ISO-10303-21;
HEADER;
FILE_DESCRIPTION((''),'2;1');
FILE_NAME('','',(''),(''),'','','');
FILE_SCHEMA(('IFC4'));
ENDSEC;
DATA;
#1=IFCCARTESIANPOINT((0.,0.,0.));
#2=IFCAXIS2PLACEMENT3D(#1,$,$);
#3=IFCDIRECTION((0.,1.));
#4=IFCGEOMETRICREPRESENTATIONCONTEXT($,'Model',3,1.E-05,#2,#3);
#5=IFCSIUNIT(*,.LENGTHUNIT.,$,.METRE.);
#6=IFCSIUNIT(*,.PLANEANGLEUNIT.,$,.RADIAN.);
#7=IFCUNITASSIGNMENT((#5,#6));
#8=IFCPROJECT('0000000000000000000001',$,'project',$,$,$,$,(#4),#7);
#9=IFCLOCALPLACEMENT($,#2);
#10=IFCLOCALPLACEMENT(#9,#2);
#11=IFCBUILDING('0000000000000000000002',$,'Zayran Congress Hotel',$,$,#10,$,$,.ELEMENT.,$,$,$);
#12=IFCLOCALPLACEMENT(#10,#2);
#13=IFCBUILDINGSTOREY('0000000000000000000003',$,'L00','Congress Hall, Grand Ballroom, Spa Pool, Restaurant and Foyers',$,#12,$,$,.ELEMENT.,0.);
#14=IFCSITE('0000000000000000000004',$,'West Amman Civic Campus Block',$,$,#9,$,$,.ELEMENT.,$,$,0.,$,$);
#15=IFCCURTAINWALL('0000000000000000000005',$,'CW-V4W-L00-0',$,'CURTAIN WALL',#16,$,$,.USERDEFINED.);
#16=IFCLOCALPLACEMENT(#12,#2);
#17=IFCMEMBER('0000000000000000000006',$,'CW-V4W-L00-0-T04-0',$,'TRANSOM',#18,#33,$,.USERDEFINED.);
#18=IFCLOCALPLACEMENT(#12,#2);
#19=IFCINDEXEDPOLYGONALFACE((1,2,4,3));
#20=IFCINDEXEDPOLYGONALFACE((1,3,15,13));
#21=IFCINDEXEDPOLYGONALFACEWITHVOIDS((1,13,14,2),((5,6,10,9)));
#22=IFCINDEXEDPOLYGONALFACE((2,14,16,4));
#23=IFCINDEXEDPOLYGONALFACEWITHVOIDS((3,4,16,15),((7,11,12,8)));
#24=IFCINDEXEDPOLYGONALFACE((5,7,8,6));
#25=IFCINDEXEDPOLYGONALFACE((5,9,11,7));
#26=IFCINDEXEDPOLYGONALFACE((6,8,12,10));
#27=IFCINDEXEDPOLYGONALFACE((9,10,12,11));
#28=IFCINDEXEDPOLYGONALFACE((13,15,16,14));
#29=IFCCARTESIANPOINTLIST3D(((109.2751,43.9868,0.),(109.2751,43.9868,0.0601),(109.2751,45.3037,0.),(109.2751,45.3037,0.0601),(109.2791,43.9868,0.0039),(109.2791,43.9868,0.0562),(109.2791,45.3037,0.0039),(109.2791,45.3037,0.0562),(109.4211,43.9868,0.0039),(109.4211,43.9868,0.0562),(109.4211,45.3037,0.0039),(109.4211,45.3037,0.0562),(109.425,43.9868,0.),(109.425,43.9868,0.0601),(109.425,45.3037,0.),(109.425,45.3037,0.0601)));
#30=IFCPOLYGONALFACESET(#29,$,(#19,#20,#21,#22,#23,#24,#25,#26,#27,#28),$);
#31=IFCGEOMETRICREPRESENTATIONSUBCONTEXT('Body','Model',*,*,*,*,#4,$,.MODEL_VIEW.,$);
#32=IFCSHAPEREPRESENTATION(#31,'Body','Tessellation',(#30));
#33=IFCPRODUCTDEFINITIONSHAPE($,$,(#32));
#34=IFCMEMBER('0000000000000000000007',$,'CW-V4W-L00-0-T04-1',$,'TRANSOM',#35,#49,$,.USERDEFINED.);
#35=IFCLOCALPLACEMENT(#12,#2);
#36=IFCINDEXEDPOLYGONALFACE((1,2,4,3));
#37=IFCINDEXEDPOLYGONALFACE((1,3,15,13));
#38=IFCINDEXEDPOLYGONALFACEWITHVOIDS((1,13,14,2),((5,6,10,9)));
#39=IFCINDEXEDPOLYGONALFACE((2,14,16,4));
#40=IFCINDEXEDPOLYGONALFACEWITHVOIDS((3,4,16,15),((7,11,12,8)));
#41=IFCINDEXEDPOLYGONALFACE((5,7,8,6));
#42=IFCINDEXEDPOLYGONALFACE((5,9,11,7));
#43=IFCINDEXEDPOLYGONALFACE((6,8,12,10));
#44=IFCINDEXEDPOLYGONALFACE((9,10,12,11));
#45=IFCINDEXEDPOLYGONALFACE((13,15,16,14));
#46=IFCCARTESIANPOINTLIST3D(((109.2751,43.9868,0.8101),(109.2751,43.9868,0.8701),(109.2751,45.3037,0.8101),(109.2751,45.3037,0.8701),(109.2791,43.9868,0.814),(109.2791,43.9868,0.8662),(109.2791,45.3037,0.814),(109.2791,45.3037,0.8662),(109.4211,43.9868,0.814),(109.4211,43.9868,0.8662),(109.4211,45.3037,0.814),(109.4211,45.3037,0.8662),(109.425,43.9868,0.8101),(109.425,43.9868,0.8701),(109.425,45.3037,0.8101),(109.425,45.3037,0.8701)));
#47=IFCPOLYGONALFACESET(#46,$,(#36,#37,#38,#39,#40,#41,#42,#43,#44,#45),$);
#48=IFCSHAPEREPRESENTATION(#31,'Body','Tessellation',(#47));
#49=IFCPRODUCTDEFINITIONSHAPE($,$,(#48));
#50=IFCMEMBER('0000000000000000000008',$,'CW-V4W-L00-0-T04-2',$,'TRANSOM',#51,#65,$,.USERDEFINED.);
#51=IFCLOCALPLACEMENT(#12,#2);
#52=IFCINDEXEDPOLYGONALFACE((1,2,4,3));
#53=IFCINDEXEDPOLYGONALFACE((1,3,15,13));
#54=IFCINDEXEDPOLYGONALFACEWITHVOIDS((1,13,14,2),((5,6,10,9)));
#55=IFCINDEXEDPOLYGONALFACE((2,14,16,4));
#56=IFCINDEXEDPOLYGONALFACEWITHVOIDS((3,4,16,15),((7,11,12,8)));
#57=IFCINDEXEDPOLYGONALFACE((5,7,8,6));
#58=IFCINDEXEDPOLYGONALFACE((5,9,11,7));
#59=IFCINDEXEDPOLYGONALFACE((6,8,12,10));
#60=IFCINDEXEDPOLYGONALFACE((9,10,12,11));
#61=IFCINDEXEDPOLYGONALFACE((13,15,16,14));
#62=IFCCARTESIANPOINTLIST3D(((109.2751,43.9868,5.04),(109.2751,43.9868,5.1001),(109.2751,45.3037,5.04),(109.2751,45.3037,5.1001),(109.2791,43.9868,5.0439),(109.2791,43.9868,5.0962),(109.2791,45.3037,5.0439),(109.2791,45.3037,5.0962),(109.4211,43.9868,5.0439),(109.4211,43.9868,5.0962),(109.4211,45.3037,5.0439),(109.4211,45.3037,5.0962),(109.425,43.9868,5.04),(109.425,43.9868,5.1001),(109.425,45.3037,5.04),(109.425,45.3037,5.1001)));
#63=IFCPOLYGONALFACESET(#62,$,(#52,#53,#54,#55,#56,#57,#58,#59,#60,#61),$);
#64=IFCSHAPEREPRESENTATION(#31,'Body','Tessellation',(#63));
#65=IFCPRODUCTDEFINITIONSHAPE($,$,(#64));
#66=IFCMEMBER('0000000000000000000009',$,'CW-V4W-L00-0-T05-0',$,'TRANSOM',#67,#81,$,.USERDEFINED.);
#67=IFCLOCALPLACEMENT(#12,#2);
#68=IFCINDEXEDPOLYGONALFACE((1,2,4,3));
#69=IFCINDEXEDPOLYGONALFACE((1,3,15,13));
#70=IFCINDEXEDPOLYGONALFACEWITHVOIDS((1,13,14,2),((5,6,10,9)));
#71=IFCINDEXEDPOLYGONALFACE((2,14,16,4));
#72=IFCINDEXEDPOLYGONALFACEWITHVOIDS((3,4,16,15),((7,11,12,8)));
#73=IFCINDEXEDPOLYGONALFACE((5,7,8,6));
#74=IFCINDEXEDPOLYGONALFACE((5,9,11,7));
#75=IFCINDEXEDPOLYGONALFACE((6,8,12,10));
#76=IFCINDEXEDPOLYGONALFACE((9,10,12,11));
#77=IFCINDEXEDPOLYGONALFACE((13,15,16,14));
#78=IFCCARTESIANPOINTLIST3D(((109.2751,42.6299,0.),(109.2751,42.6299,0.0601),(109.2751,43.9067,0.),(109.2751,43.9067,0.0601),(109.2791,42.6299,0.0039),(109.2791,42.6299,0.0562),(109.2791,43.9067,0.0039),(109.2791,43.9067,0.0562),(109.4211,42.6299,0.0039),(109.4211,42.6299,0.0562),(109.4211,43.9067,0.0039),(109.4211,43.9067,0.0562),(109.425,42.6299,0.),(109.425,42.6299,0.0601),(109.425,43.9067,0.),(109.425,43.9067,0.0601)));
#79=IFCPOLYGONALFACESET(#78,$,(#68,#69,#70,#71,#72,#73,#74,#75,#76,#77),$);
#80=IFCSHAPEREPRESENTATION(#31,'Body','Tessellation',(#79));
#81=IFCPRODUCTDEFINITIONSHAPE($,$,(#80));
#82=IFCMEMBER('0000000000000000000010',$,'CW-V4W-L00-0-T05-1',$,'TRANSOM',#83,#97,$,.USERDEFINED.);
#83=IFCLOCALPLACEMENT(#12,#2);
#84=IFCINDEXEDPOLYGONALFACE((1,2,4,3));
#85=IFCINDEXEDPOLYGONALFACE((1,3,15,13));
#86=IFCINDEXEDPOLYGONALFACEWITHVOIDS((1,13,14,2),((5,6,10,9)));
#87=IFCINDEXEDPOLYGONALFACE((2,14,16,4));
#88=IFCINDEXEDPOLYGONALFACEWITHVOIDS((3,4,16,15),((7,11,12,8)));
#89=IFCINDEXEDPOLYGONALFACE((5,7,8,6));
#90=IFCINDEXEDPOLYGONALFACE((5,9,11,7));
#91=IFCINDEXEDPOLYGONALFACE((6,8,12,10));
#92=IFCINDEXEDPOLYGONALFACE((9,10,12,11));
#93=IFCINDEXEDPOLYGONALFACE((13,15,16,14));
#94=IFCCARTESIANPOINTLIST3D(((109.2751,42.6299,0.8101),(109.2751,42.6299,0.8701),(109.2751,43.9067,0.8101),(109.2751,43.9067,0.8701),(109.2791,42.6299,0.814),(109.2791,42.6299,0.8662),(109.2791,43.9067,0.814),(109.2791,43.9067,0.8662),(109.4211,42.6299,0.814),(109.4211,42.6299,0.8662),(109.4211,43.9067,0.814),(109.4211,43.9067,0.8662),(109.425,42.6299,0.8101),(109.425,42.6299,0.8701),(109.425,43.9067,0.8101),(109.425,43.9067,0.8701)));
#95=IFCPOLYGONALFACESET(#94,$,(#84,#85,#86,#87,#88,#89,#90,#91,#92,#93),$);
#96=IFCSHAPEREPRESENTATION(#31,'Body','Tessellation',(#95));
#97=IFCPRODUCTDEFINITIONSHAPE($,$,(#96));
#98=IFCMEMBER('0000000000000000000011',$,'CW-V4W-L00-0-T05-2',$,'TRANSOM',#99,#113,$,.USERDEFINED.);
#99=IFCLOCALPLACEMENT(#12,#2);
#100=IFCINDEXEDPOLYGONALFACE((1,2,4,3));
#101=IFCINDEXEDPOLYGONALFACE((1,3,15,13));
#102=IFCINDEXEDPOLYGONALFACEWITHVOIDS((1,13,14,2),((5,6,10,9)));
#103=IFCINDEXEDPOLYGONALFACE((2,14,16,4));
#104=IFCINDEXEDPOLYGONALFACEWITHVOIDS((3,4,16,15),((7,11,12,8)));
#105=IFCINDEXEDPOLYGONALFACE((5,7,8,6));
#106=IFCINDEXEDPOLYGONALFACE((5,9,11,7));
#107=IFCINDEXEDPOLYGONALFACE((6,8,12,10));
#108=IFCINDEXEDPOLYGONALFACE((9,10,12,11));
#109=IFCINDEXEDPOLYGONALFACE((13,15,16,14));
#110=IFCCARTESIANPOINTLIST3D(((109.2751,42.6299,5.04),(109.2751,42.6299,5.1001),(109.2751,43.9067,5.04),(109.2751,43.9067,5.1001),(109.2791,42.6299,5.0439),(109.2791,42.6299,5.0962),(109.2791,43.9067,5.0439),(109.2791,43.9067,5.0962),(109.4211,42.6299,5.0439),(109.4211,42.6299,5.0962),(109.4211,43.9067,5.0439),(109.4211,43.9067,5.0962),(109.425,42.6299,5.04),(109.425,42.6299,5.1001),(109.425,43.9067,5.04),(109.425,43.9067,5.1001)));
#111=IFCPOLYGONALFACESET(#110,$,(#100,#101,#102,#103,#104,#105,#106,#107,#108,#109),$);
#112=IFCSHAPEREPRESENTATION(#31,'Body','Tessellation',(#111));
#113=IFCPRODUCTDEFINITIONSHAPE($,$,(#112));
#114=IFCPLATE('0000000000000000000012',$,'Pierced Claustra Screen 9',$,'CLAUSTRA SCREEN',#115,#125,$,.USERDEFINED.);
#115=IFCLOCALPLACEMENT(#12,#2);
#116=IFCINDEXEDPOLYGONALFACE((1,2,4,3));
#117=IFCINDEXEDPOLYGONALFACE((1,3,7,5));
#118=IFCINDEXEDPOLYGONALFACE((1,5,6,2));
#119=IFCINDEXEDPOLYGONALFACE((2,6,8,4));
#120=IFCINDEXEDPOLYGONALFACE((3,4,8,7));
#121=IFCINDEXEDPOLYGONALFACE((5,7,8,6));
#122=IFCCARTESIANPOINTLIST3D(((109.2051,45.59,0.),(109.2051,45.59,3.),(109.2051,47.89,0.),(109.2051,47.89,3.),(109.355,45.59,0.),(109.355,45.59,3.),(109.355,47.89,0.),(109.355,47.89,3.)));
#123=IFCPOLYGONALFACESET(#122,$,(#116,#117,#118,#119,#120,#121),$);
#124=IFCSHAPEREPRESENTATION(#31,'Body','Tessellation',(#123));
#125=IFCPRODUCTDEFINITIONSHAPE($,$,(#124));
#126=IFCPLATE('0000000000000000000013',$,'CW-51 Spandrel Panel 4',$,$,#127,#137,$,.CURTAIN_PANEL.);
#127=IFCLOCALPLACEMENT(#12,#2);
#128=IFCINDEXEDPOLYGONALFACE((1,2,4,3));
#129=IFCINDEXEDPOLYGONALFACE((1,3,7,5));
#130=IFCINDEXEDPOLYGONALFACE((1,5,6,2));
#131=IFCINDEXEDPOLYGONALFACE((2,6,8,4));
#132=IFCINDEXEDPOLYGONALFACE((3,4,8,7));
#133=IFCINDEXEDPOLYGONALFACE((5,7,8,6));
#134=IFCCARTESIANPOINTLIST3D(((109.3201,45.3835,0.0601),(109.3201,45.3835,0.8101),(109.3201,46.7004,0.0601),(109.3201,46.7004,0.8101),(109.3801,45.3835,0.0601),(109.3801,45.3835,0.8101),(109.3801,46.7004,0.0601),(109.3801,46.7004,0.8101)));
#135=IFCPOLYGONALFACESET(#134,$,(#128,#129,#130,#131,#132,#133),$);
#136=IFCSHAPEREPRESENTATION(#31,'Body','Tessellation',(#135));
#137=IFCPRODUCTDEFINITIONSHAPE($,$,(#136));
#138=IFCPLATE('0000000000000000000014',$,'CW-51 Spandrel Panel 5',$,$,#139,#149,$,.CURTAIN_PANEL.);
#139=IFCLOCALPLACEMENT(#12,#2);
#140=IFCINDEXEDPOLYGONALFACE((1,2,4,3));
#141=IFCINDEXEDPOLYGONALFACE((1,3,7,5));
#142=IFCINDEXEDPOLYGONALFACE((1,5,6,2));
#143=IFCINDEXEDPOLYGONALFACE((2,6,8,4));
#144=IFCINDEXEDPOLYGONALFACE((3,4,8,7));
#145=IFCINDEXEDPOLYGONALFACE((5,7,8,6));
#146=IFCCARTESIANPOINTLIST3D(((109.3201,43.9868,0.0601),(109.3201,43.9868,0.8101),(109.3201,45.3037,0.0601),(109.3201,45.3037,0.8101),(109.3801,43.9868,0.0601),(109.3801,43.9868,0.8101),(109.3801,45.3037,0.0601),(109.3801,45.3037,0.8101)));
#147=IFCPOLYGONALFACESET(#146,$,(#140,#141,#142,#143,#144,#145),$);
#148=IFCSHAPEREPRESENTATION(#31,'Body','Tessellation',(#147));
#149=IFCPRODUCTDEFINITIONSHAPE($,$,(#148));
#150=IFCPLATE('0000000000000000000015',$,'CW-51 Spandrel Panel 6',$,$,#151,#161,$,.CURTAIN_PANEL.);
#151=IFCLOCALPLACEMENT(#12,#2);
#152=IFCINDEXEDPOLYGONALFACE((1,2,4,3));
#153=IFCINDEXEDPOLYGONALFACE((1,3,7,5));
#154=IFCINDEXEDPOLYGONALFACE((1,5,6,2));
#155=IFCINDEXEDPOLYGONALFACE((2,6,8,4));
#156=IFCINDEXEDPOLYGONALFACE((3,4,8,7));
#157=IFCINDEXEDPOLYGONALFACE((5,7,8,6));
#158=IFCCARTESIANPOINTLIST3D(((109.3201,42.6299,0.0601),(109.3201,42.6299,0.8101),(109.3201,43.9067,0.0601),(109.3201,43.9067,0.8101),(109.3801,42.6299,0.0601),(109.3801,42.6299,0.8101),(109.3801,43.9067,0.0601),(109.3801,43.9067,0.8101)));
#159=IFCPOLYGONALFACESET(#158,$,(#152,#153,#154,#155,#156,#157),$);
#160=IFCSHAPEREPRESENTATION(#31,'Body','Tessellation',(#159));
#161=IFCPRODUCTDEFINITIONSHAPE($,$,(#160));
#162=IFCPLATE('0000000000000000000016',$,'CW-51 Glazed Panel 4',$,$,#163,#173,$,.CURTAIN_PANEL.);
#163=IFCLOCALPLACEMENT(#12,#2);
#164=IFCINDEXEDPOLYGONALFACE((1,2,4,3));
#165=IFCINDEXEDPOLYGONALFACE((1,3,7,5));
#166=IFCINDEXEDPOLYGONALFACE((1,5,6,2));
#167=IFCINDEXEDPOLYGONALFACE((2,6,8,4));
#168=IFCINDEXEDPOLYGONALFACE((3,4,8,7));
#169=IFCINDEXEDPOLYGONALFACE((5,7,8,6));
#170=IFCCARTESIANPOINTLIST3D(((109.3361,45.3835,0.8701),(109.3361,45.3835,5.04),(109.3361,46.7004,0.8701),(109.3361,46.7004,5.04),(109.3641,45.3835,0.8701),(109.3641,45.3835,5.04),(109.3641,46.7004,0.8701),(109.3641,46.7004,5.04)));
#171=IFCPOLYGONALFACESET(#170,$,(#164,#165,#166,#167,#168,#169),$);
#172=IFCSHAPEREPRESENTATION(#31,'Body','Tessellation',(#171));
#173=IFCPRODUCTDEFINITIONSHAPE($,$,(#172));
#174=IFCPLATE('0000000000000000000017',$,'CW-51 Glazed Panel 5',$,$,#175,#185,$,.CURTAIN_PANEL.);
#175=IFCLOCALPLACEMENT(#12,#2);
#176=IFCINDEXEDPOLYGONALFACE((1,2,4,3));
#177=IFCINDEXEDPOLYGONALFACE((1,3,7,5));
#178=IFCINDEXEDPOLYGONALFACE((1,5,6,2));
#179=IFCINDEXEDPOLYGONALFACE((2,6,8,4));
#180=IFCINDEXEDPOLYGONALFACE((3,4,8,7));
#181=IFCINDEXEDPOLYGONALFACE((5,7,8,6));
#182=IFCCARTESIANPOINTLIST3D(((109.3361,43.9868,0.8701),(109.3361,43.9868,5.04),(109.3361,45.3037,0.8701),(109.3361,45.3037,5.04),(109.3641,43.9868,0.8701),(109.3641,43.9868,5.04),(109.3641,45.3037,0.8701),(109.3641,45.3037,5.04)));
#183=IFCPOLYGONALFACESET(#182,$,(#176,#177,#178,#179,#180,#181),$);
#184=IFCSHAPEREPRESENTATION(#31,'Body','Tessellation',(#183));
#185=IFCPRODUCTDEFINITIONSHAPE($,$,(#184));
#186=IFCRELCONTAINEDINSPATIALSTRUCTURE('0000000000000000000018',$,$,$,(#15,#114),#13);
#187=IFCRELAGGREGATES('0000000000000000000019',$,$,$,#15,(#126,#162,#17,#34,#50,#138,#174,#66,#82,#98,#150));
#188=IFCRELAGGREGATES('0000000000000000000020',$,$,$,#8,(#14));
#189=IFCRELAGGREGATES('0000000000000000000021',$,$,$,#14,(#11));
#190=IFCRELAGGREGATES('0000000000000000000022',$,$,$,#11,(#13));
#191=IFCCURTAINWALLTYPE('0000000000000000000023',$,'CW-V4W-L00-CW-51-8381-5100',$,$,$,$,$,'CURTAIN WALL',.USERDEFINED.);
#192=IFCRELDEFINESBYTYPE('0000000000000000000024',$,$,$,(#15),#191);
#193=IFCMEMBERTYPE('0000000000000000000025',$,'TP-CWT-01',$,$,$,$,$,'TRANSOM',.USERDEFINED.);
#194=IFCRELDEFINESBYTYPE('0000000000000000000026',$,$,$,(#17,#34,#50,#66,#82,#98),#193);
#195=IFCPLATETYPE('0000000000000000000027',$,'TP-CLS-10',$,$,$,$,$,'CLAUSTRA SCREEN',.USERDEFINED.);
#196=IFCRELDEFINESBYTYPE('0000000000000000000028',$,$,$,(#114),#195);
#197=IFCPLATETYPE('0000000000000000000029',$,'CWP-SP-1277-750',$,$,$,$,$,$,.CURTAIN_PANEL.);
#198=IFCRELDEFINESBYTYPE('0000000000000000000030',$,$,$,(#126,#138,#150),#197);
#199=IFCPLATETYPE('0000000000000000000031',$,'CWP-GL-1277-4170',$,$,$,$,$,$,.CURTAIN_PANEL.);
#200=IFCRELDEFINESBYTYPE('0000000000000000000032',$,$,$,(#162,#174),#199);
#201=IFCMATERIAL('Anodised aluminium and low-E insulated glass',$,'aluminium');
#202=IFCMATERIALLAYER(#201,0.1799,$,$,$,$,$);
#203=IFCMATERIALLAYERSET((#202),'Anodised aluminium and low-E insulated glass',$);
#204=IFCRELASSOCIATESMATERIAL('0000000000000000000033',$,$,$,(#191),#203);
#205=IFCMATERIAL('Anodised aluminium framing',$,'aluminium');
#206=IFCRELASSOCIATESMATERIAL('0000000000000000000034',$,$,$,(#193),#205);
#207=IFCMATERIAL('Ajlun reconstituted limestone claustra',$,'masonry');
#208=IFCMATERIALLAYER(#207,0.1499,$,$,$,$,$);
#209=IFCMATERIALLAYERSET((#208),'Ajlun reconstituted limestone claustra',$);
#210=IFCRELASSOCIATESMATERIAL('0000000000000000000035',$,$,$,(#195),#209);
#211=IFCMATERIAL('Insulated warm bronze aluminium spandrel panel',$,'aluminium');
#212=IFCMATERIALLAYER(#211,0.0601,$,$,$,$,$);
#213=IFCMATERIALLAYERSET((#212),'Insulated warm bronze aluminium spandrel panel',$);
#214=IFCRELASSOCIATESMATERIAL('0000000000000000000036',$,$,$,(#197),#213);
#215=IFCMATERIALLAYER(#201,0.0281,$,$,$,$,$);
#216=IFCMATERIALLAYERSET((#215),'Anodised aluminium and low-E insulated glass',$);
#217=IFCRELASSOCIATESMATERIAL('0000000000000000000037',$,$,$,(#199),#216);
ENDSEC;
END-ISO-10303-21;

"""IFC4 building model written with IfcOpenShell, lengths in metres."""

from ifc_helpers import new_model, si_unit, direction, frame, origin, origin_2d, place, context, subcontext, project, spatial, rectangle, hollow_rectangle, extrude, material, layer, layer_set, material_profile, profile_set, type_object, element, aggregate, save


model = new_model("IFC4")

# Units and contexts
model_context = context("Model", 3, precision=1e-05, world=origin(), true_north=direction((0.0, 1.0)))
body_context = subcontext(model_context, "Body", "Model", "MODEL_VIEW")
ifc_project = project(units=[si_unit("LENGTHUNIT", "METRE"), si_unit("PLANEANGLEUNIT", "RADIAN")], contexts=[model_context])

# Site, building, storey
site_placement = place(None, origin())
site = spatial("IfcSite", under=ifc_project, at=site_placement, Name="West Amman Civic Campus Block", CompositionType="ELEMENT", RefElevation=0.0)
building_placement = place(site_placement, origin())
building = spatial("IfcBuilding", under=site, at=building_placement, Name="Zayran Congress Hotel", CompositionType="ELEMENT")
storey_placement = place(building_placement, origin())
storey = spatial("IfcBuildingStorey", under=building, at=storey_placement, Name="L00", Description="Congress Hall, Grand Ballroom, Spa Pool, Restaurant and Foyers", CompositionType="ELEMENT", Elevation=0.0)

# Curtain wall, members
ifc_material_1 = material(Name="Anodised aluminium and low-E insulated glass", Category="aluminium")
ifc_layer_1 = layer(ifc_material_1, 0.1799)
ifc_layer_set_1 = layer_set([ifc_layer_1], Name="Anodised aluminium and low-E insulated glass")
curtain_wall_type = type_object("IfcCurtainWallType", Name="CW-V4W-L00-CW-51-8381-5100", ElementType="CURTAIN WALL", PredefinedType="USERDEFINED", material=ifc_layer_set_1)
curtain_wall_placement = place(storey_placement, origin())
curtain_wall = element("IfcCurtainWall", 1, at=curtain_wall_placement, inside=storey, type_object=curtain_wall_type, Name="CW-V4W-L00-0", ObjectType="CURTAIN WALL", PredefinedType="USERDEFINED")
ifc_material_2 = material(Name="Anodised aluminium framing", Category="aluminium")
ifc_material_profile_1 = material_profile(ifc_material_2, hollow_rectangle(XDim=0.0601, YDim=0.1499, WallThickness=0.0039, at=origin_2d()), Name="RHS 150x60x4")
ifc_profile_set_1 = profile_set([ifc_material_profile_1], Name="Anodised aluminium framing")
member_type_1 = type_object("IfcMemberType", Name="TP-CWT-01", ElementType="TRANSOM", PredefinedType="USERDEFINED", material=ifc_profile_set_1)
member_1_placement = place(storey_placement, frame((109.3501, 45.3037, 0.03), z_axis=(0.0, -1.0, 0.0), x_axis=(0.0, 0.0, 1.0)))
member_1 = element("IfcMember", 2, at=member_1_placement, type_object=member_type_1, Name="CW-V4W-L00-0-T04-0", ObjectType="TRANSOM", PredefinedType="USERDEFINED", context=body_context, shape_type="SweptSolid", body=[
    extrude(hollow_rectangle(XDim=0.0601, YDim=0.1499, WallThickness=0.0039, at=origin_2d()), origin(), (0.0, 0.0, 1.0), 1.3169),
])
member_2_placement = place(storey_placement, frame((109.3501, 45.3037, 0.8401), z_axis=(0.0, -1.0, 0.0), x_axis=(0.0, 0.0, 1.0)))
member_2 = element("IfcMember", 3, at=member_2_placement, type_object=member_type_1, Name="CW-V4W-L00-0-T04-1", ObjectType="TRANSOM", PredefinedType="USERDEFINED", context=body_context, shape_type="SweptSolid", body=[
    extrude(hollow_rectangle(XDim=0.0601, YDim=0.1499, WallThickness=0.0039, at=origin_2d()), origin(), (0.0, 0.0, 1.0), 1.3169),
])
member_3_placement = place(storey_placement, frame((109.3501, 45.3037, 5.0701), z_axis=(0.0, -1.0, 0.0), x_axis=(0.0, 0.0, 1.0)))
member_3 = element("IfcMember", 4, at=member_3_placement, type_object=member_type_1, Name="CW-V4W-L00-0-T04-2", ObjectType="TRANSOM", PredefinedType="USERDEFINED", context=body_context, shape_type="SweptSolid", body=[
    extrude(hollow_rectangle(XDim=0.0601, YDim=0.1499, WallThickness=0.0039, at=origin_2d()), origin(), (0.0, 0.0, 1.0), 1.3169),
])
member_4_placement = place(storey_placement, frame((109.3501, 43.9067, 0.03), z_axis=(0.0, -1.0, 0.0), x_axis=(0.0, 0.0, 1.0)))
member_4 = element("IfcMember", 5, at=member_4_placement, type_object=member_type_1, Name="CW-V4W-L00-0-T05-0", ObjectType="TRANSOM", PredefinedType="USERDEFINED", context=body_context, shape_type="SweptSolid", body=[
    extrude(hollow_rectangle(XDim=0.0601, YDim=0.1499, WallThickness=0.0039, at=origin_2d()), origin(), (0.0, 0.0, 1.0), 1.2769),
])
member_5_placement = place(storey_placement, frame((109.3501, 43.9067, 0.8401), z_axis=(0.0, -1.0, 0.0), x_axis=(0.0, 0.0, 1.0)))
member_5 = element("IfcMember", 6, at=member_5_placement, type_object=member_type_1, Name="CW-V4W-L00-0-T05-1", ObjectType="TRANSOM", PredefinedType="USERDEFINED", context=body_context, shape_type="SweptSolid", body=[
    extrude(hollow_rectangle(XDim=0.0601, YDim=0.1499, WallThickness=0.0039, at=origin_2d()), origin(), (0.0, 0.0, 1.0), 1.2769),
])
member_6_placement = place(storey_placement, frame((109.3501, 43.9067, 5.0701), z_axis=(0.0, -1.0, 0.0), x_axis=(0.0, 0.0, 1.0)))
member_6 = element("IfcMember", 7, at=member_6_placement, type_object=member_type_1, Name="CW-V4W-L00-0-T05-2", ObjectType="TRANSOM", PredefinedType="USERDEFINED", context=body_context, shape_type="SweptSolid", body=[
    extrude(hollow_rectangle(XDim=0.0601, YDim=0.1499, WallThickness=0.0039, at=origin_2d()), origin(), (0.0, 0.0, 1.0), 1.2769),
])

# Plates
ifc_material_3 = material(Name="Ajlun reconstituted limestone claustra", Category="masonry")
ifc_layer_2 = layer(ifc_material_3, 0.1499)
ifc_layer_set_2 = layer_set([ifc_layer_2], Name="Ajlun reconstituted limestone claustra")
plate_type_1 = type_object("IfcPlateType", Name="TP-CLS-10", ElementType="CLAUSTRA SCREEN", PredefinedType="USERDEFINED", material=ifc_layer_set_2)
plate_1_placement = place(storey_placement, frame((109.28, 46.74, 0.0), z_axis=(0.0, 0.0, 1.0), x_axis=(0.0, 1.0, 0.0)))
element("IfcPlate", 8, at=plate_1_placement, inside=storey, type_object=plate_type_1, Name="Pierced Claustra Screen 9", ObjectType="CLAUSTRA SCREEN", PredefinedType="USERDEFINED", context=body_context, shape_type="SweptSolid", body=[
    extrude(rectangle(XDim=2.3, YDim=0.1499, at=origin_2d()), origin(), (0.0, 0.0, 1.0), 3.0),
])
ifc_material_4 = material(Name="Insulated warm bronze aluminium spandrel panel", Category="aluminium")
ifc_layer_3 = layer(ifc_material_4, 0.0601)
ifc_layer_set_3 = layer_set([ifc_layer_3], Name="Insulated warm bronze aluminium spandrel panel")
plate_type_2 = type_object("IfcPlateType", Name="CWP-SP-1277-750", PredefinedType="CURTAIN_PANEL", material=ifc_layer_set_3)
plate_2_placement = place(storey_placement, frame((109.3501, 46.042, 0.0601), z_axis=(0.0, 0.0, 1.0), x_axis=(0.0, 1.0, 0.0)))
plate_2 = element("IfcPlate", 9, at=plate_2_placement, type_object=plate_type_2, Name="CW-51 Spandrel Panel 4", PredefinedType="CURTAIN_PANEL", context=body_context, shape_type="SweptSolid", body=[
    extrude(rectangle(XDim=1.3169, YDim=0.0601, at=origin_2d()), origin(), (0.0, 0.0, 1.0), 0.75),
])
plate_3_placement = place(storey_placement, frame((109.3501, 44.6453, 0.0601), z_axis=(0.0, 0.0, 1.0), x_axis=(0.0, 1.0, 0.0)))
plate_3 = element("IfcPlate", 10, at=plate_3_placement, type_object=plate_type_2, Name="CW-51 Spandrel Panel 5", PredefinedType="CURTAIN_PANEL", context=body_context, shape_type="SweptSolid", body=[
    extrude(rectangle(XDim=1.3169, YDim=0.0601, at=origin_2d()), origin(), (0.0, 0.0, 1.0), 0.75),
])
plate_4_placement = place(storey_placement, frame((109.3501, 43.2683, 0.0601), z_axis=(0.0, 0.0, 1.0), x_axis=(0.0, 1.0, 0.0)))
plate_4 = element("IfcPlate", 11, at=plate_4_placement, type_object=plate_type_2, Name="CW-51 Spandrel Panel 6", PredefinedType="CURTAIN_PANEL", context=body_context, shape_type="SweptSolid", body=[
    extrude(rectangle(XDim=1.2769, YDim=0.0601, at=origin_2d()), origin(), (0.0, 0.0, 1.0), 0.75),
])
ifc_layer_4 = layer(ifc_material_1, 0.0281)
ifc_layer_set_4 = layer_set([ifc_layer_4], Name="Anodised aluminium and low-E insulated glass")
plate_type_3 = type_object("IfcPlateType", Name="CWP-GL-1277-4170", PredefinedType="CURTAIN_PANEL", material=ifc_layer_set_4)
plate_5_placement = place(storey_placement, frame((109.3501, 46.042, 0.8701), z_axis=(0.0, 0.0, 1.0), x_axis=(0.0, 1.0, 0.0)))
plate_5 = element("IfcPlate", 12, at=plate_5_placement, type_object=plate_type_3, Name="CW-51 Glazed Panel 4", PredefinedType="CURTAIN_PANEL", context=body_context, shape_type="SweptSolid", body=[
    extrude(rectangle(XDim=1.3169, YDim=0.0281, at=origin_2d()), origin(), (0.0, 0.0, 1.0), 4.1699),
])
plate_6_placement = place(storey_placement, frame((109.3501, 44.6453, 0.8701), z_axis=(0.0, 0.0, 1.0), x_axis=(0.0, 1.0, 0.0)))
plate_6 = element("IfcPlate", 13, at=plate_6_placement, type_object=plate_type_3, Name="CW-51 Glazed Panel 5", PredefinedType="CURTAIN_PANEL", context=body_context, shape_type="SweptSolid", body=[
    extrude(rectangle(XDim=1.3169, YDim=0.0281, at=origin_2d()), origin(), (0.0, 0.0, 1.0), 4.1699),
])
aggregate(curtain_wall, [plate_2, plate_5, member_1, member_2, member_3, plate_3, plate_6, member_4, member_5, member_6, plate_4])

save(model, "model.ifc")
